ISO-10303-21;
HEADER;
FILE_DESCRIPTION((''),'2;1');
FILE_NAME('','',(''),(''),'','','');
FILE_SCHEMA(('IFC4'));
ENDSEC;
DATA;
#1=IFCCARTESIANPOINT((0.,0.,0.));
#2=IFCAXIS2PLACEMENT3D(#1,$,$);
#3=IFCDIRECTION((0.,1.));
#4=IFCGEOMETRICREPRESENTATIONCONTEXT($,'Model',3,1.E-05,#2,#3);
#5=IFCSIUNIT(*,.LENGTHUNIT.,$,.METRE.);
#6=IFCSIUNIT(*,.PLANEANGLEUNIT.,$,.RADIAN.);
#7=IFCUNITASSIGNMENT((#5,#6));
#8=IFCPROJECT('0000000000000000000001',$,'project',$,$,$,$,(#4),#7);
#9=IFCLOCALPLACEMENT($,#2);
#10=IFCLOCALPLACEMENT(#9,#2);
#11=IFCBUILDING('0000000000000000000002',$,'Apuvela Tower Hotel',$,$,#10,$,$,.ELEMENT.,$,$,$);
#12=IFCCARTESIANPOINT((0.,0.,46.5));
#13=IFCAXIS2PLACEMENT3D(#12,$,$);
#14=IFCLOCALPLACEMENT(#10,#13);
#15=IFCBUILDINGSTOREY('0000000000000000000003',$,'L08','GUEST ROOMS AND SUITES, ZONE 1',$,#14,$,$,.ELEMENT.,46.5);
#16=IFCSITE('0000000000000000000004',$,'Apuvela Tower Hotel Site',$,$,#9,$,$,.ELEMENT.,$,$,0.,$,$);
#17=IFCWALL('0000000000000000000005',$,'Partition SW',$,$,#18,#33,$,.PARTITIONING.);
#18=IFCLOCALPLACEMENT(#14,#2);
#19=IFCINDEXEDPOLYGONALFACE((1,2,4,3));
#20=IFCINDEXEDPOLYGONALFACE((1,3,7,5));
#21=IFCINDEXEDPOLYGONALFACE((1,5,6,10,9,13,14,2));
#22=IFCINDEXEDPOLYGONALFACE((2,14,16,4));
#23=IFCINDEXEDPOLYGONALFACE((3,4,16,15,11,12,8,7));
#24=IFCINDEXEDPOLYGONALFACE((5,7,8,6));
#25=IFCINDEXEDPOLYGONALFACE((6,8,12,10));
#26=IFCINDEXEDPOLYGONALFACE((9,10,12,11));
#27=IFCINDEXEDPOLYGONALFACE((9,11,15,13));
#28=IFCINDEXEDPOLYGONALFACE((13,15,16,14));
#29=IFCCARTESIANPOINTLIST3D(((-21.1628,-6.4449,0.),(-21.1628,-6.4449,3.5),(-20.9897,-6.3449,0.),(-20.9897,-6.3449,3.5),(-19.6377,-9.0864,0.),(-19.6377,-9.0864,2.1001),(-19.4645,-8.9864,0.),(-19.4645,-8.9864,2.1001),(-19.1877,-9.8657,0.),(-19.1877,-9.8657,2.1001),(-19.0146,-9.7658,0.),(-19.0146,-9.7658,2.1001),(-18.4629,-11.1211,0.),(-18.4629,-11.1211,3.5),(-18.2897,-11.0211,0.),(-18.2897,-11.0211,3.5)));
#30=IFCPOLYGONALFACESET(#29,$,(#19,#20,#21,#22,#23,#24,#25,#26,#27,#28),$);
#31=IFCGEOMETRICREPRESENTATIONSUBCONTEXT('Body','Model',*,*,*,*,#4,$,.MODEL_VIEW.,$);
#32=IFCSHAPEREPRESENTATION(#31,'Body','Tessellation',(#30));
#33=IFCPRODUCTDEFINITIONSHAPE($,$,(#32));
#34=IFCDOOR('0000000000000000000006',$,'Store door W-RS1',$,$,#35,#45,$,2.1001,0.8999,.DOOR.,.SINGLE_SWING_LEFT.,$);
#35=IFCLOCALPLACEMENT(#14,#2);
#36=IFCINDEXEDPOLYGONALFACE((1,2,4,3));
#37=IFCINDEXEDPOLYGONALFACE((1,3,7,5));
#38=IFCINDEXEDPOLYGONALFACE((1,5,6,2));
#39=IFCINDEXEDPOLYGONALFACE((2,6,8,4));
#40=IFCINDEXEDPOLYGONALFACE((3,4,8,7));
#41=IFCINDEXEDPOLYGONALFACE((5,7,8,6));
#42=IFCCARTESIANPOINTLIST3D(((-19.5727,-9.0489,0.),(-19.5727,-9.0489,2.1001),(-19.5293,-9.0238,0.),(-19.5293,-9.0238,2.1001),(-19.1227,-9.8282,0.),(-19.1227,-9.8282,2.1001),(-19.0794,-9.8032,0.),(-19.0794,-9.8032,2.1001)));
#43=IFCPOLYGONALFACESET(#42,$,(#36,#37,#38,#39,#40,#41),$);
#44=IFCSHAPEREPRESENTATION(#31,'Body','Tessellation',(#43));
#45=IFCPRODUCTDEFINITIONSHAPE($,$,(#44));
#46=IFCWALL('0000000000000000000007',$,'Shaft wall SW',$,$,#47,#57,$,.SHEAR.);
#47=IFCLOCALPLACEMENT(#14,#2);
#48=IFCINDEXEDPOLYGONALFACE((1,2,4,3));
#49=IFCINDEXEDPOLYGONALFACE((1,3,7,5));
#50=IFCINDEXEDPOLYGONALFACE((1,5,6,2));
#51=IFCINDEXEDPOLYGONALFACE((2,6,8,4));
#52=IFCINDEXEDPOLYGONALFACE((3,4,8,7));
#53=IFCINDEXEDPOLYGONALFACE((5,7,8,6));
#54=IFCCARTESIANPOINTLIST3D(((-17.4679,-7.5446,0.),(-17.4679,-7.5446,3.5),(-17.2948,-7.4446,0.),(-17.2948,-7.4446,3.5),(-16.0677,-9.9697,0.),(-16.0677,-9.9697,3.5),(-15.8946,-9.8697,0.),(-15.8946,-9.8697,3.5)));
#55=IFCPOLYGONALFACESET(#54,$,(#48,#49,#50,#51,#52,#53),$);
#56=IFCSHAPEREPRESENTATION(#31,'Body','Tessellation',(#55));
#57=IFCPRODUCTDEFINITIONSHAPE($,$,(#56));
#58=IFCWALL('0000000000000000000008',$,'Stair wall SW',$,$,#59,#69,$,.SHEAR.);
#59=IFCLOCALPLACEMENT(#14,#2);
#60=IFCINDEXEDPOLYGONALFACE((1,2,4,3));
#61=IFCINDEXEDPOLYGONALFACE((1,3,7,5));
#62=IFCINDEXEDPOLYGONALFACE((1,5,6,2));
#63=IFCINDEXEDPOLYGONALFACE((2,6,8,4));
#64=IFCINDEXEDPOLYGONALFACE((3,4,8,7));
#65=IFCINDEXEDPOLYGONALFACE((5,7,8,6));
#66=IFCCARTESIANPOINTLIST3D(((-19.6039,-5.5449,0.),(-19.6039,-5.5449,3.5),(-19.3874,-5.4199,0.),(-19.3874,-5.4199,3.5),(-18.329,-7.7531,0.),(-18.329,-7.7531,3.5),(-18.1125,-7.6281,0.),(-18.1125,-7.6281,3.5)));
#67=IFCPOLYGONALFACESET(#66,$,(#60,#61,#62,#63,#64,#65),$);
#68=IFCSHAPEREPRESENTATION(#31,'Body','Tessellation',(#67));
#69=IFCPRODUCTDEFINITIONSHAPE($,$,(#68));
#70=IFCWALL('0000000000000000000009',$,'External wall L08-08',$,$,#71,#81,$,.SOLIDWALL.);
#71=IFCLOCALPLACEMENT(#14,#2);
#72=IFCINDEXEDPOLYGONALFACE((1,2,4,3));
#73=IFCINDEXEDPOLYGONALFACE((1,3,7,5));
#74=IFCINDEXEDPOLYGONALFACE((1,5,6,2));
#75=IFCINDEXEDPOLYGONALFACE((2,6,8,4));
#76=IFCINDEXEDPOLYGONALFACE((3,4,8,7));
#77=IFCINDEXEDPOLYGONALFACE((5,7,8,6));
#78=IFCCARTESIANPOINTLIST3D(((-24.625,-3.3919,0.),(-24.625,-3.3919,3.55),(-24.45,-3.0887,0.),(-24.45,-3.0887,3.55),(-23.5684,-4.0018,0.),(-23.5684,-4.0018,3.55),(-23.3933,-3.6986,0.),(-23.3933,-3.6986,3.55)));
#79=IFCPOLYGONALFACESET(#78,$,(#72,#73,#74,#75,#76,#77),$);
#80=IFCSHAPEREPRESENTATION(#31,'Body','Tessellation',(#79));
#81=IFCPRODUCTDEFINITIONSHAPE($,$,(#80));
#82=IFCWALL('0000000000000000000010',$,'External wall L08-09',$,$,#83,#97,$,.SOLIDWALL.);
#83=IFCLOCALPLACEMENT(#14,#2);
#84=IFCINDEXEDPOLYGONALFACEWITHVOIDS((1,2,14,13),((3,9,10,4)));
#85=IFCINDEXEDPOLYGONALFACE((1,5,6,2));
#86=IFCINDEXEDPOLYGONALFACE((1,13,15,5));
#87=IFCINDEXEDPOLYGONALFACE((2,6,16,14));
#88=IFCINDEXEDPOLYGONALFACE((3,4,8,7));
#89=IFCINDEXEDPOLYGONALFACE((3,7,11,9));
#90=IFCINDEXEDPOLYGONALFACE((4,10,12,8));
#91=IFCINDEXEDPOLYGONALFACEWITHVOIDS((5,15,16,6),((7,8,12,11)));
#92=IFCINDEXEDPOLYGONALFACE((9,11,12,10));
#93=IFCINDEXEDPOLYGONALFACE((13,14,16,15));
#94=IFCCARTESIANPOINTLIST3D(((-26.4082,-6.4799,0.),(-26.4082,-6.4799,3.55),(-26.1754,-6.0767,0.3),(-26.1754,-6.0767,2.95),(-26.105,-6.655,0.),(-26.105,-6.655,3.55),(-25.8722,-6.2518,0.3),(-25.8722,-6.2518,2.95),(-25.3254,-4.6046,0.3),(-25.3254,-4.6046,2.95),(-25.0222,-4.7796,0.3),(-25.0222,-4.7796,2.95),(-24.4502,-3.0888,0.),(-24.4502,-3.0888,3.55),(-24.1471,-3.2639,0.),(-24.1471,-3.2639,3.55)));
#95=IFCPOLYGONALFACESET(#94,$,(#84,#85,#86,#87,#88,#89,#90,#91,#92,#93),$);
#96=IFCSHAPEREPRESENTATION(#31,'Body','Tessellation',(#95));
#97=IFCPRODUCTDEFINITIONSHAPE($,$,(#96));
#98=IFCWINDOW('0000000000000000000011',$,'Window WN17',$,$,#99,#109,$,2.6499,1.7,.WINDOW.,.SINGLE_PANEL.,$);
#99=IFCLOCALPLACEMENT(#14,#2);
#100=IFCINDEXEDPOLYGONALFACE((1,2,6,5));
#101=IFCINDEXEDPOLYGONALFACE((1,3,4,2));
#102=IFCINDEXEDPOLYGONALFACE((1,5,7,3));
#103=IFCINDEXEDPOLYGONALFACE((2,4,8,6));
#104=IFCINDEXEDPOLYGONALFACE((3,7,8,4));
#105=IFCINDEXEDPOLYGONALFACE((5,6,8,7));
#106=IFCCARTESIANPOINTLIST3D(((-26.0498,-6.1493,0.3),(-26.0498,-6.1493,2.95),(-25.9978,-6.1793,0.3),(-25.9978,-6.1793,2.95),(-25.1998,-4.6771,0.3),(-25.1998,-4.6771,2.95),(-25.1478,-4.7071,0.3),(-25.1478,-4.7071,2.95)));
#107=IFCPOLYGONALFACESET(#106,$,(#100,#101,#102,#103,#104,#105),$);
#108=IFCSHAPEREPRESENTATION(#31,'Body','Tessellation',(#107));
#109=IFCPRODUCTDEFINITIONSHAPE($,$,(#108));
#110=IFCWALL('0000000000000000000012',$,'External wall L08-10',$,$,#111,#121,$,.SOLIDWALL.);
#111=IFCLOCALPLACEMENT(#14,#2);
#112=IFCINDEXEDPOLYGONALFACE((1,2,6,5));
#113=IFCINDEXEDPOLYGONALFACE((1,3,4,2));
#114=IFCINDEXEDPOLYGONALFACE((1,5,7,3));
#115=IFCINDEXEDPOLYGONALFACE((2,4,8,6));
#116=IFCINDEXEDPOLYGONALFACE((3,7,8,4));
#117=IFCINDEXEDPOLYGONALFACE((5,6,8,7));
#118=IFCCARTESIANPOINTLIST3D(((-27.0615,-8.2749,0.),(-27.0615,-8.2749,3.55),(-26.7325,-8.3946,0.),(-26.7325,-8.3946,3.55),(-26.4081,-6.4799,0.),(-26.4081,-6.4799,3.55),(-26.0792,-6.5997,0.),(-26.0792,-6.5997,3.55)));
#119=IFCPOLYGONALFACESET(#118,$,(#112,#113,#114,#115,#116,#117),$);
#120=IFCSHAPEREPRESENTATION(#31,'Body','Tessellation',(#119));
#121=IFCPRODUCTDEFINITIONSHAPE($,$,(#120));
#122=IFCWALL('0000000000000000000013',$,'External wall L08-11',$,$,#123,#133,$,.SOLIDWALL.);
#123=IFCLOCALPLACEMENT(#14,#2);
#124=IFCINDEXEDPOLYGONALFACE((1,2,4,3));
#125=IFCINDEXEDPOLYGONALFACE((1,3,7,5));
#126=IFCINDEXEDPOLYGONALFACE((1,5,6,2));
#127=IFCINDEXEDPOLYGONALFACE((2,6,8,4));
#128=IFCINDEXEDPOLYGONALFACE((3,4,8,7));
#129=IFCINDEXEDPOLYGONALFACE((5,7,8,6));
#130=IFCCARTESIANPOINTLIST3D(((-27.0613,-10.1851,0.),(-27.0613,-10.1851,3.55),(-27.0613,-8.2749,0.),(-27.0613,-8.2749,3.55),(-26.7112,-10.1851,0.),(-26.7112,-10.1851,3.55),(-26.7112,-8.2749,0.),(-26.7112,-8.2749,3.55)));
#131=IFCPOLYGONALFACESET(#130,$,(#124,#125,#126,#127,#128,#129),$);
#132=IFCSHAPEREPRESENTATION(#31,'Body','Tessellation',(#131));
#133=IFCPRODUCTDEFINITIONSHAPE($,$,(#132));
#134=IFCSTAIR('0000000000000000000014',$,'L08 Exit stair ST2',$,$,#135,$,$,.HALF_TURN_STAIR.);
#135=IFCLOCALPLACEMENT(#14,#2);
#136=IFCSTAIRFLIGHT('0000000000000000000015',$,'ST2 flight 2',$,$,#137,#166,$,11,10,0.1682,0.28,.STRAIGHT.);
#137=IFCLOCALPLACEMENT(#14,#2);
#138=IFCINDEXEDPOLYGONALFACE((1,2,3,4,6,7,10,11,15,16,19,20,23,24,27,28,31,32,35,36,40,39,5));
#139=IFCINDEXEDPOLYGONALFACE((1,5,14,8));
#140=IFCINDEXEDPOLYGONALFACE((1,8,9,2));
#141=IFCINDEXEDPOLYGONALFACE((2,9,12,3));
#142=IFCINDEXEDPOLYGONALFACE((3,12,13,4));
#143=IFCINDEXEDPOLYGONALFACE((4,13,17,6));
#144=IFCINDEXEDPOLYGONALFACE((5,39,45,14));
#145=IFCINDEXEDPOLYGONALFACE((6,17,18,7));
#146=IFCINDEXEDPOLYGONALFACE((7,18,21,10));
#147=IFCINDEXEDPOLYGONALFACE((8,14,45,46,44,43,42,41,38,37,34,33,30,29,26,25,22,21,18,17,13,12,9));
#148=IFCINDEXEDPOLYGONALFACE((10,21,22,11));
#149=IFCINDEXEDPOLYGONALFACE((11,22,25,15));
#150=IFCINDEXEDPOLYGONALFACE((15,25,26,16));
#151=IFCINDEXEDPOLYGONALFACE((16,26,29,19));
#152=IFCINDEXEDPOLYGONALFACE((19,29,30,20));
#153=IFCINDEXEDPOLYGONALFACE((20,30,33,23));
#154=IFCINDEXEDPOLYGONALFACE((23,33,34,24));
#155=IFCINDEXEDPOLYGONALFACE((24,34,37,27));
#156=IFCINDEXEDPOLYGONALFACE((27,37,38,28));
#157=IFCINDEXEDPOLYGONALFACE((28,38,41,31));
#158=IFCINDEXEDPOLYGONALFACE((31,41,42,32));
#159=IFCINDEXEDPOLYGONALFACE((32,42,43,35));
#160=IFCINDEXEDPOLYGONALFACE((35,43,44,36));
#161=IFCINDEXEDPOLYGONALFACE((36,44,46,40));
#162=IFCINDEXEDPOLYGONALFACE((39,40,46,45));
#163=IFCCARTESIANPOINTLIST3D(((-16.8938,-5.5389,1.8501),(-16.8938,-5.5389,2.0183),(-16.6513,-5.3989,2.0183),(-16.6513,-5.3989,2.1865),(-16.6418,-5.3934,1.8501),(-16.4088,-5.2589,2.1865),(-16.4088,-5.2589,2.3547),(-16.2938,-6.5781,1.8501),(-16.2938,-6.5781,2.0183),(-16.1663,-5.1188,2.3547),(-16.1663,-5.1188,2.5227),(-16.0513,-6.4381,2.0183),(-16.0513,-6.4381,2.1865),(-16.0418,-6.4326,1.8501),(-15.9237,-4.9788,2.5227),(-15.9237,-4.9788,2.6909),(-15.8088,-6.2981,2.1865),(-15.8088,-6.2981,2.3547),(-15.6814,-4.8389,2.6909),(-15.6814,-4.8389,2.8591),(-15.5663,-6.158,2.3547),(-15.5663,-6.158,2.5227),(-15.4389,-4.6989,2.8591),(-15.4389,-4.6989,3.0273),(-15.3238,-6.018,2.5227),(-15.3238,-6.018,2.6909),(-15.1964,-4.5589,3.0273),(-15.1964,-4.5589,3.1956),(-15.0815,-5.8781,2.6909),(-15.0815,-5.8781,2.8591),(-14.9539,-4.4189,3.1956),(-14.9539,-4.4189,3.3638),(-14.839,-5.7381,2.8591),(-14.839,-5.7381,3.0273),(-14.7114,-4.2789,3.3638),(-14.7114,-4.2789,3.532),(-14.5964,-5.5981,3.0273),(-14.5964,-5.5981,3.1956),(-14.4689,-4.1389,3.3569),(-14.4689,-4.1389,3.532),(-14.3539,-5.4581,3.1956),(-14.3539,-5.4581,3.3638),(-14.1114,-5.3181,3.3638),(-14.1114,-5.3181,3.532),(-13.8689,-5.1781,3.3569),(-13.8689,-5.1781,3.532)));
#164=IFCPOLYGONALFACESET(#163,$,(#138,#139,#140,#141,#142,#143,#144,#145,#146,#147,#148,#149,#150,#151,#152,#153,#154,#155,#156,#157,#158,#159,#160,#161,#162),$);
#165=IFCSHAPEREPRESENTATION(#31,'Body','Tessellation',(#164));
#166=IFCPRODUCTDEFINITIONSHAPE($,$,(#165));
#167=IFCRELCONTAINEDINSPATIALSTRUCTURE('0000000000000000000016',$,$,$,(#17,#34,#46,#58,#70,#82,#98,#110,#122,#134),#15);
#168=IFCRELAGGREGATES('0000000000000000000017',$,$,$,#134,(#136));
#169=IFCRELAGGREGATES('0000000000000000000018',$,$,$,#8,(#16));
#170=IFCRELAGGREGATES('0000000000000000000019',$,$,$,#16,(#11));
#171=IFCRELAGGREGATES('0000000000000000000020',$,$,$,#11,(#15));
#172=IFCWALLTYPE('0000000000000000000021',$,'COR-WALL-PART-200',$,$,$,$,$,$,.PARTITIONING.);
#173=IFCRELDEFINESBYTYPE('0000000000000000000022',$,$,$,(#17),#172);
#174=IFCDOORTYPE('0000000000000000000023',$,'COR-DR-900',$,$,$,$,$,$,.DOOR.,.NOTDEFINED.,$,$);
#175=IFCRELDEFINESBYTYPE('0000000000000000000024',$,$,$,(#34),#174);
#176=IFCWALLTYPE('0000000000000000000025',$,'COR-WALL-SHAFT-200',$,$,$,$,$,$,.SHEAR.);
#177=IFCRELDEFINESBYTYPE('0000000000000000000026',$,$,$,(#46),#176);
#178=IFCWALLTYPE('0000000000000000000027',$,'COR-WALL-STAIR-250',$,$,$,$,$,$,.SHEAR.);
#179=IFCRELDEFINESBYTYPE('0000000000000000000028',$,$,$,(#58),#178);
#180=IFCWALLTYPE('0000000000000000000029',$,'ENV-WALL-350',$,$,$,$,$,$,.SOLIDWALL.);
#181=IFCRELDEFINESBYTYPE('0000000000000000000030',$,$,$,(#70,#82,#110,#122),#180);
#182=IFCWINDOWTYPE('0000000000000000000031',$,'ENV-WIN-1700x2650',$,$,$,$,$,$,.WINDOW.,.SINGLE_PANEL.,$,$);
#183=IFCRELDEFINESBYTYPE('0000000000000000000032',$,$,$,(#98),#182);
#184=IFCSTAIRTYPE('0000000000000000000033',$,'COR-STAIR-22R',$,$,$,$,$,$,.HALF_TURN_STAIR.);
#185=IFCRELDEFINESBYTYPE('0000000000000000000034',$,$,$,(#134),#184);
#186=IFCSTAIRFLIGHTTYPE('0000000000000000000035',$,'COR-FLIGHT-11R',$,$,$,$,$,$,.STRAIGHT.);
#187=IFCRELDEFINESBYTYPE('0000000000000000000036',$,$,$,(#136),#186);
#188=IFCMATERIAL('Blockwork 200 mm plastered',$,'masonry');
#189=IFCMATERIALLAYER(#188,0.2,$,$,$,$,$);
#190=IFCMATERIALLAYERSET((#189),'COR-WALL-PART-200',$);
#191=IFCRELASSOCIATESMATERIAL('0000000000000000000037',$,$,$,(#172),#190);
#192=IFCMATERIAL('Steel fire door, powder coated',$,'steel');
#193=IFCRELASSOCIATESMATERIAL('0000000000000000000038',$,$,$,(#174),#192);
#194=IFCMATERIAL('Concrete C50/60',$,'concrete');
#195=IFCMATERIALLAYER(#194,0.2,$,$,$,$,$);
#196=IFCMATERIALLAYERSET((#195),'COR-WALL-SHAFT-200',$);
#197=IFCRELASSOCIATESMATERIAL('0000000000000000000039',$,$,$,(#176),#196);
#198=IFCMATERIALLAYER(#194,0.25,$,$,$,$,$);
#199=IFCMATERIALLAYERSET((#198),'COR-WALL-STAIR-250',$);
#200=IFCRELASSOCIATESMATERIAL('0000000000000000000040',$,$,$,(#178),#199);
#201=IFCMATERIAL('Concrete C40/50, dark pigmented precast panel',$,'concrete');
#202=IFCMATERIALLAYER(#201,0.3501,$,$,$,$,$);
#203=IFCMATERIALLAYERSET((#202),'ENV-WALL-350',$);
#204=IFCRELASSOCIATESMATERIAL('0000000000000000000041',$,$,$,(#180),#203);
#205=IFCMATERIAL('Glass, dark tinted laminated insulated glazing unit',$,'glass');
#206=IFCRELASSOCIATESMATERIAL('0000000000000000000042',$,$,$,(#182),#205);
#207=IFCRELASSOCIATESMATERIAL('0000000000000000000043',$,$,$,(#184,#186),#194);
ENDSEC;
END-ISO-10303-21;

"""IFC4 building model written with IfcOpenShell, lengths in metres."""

from ifc_helpers import new_model, si_unit, direction, frame, frame_2d, origin, place, context, subcontext, project, spatial, polyline, rectangle, outline, extrude, material, layer, layer_set, type_object, element, fill, aggregate, save


model = new_model("IFC4")

# Units and contexts
model_context = context("Model", 3, precision=1e-05, world=origin(), true_north=direction((0.0, 1.0)))
body_context = subcontext(model_context, "Body", "Model", "MODEL_VIEW")
ifc_project = project(units=[si_unit("LENGTHUNIT", "METRE"), si_unit("PLANEANGLEUNIT", "RADIAN")], contexts=[model_context])

# Site, building, storey
site_placement = place(None, origin())
site = spatial("IfcSite", under=ifc_project, at=site_placement, Name="Apuvela Tower Hotel Site", CompositionType="ELEMENT", RefElevation=0.0)
building_placement = place(site_placement, origin())
building = spatial("IfcBuilding", under=site, at=building_placement, Name="Apuvela Tower Hotel", CompositionType="ELEMENT")
storey_placement = place(building_placement, frame((0.0, 0.0, 46.5)))
storey = spatial("IfcBuildingStorey", under=building, at=storey_placement, Name="L08", Description="GUEST ROOMS AND SUITES, ZONE 1", CompositionType="ELEMENT", Elevation=46.5)

# Wall, opening, door
ifc_material_1 = material(Name="Blockwork 200 mm plastered", Category="masonry")
ifc_layer_1 = layer(ifc_material_1, 0.2)
ifc_layer_set_1 = layer_set([ifc_layer_1], Name="COR-WALL-PART-200")
wall_type_1 = type_object("IfcWallType", Name="COR-WALL-PART-200", PredefinedType="PARTITIONING", material=ifc_layer_set_1)
wall_1_placement = place(storey_placement, frame((-21.0762, -6.395, 0.0), z_axis=(0.0, 0.0, 1.0), x_axis=(0.500015, -0.866017, 0.0)))
wall_1 = element("IfcWall", 1, at=wall_1_placement, inside=storey, type_object=wall_type_1, Name="Partition SW", PredefinedType="PARTITIONING", context=body_context, shape_type="SweptSolid", body=[
    extrude(rectangle(XDim=5.3997, YDim=0.2, at=frame_2d((2.6997, 0.0))), origin(), (0.0, 0.0, 1.0), 3.5),
])
opening_1_placement = place(wall_1_placement, frame((3.05, 0.0, 0.0)))
opening_1 = element("IfcOpeningElement", 2, at=opening_1_placement, cuts=wall_1, PredefinedType="OPENING", context=body_context, shape_type="SweptSolid", body=[
    extrude(rectangle(XDim=0.8999, YDim=2.1001, at=frame_2d((0.45, 1.05))), frame((0.0, 0.1099, 0.0), z_axis=(0.0, -1.0, 0.0), x_axis=(1.0, 0.0, 0.0)), (0.0, 0.0, 1.0), 0.22),
])
ifc_material_2 = material(Name="Steel fire door, powder coated", Category="steel")
door_type_1 = type_object("IfcDoorType", Name="COR-DR-900", OperationType="NOTDEFINED", PredefinedType="DOOR", material=ifc_material_2)
door_1_placement = place(opening_1_placement, frame((0.8999, 0.0, 0.0), z_axis=(0.0, 0.0, 1.0), x_axis=(-1.0, 0.0, 0.0)))
door_1 = element("IfcDoor", 3, at=door_1_placement, inside=storey, type_object=door_type_1, Name="Store door W-RS1", OperationType="SINGLE_SWING_LEFT", OverallHeight=2.1001, OverallWidth=0.8999, PredefinedType="DOOR", context=body_context, shape_type="SweptSolid", body=[
    extrude(rectangle(XDim=0.8999, YDim=2.1001, at=frame_2d((0.45, 1.05))), frame((0.0, 0.0249, 0.0), z_axis=(0.0, -1.0, 0.0), x_axis=(1.0, 0.0, 0.0)), (0.0, 0.0, 1.0), 0.05),
])
fill(opening_1, door_1)

# Walls
ifc_material_3 = material(Name="Concrete C50/60", Category="concrete")
ifc_layer_2 = layer(ifc_material_3, 0.2)
ifc_layer_set_2 = layer_set([ifc_layer_2], Name="COR-WALL-SHAFT-200")
wall_type_2 = type_object("IfcWallType", Name="COR-WALL-SHAFT-200", PredefinedType="SHEAR", material=ifc_layer_set_2)
wall_2_placement = place(storey_placement, frame((-17.3813, -7.4946, 0.0), z_axis=(0.0, 0.0, 1.0), x_axis=(0.500012, -0.866019, 0.0)))
element("IfcWall", 4, at=wall_2_placement, inside=storey, type_object=wall_type_2, Name="Shaft wall SW", PredefinedType="SHEAR", context=body_context, shape_type="SweptSolid", body=[
    extrude(rectangle(XDim=2.8003, YDim=0.2, at=frame_2d((1.4001, 0.0))), origin(), (0.0, 0.0, 1.0), 3.5),
])
ifc_layer_3 = layer(ifc_material_3, 0.25)
ifc_layer_set_3 = layer_set([ifc_layer_3], Name="COR-WALL-STAIR-250")
wall_type_3 = type_object("IfcWallType", Name="COR-WALL-STAIR-250", PredefinedType="SHEAR", material=ifc_layer_set_3)
wall_3_placement = place(storey_placement, frame((-19.4956, -5.4824, 0.0), z_axis=(0.0, 0.0, 1.0), x_axis=(0.49999, -0.866031, 0.0)))
element("IfcWall", 5, at=wall_3_placement, inside=storey, type_object=wall_type_3, Name="Stair wall SW", PredefinedType="SHEAR", context=body_context, shape_type="SweptSolid", body=[
    extrude(rectangle(XDim=2.5498, YDim=0.25, at=frame_2d((1.2749, 0.0))), origin(), (0.0, 0.0, 1.0), 3.5),
])
ifc_material_4 = material(Name="Concrete C40/50, dark pigmented precast panel", Category="concrete")
ifc_layer_4 = layer(ifc_material_4, 0.3501)
ifc_layer_set_4 = layer_set([ifc_layer_4], Name="ENV-WALL-350")
wall_type_4 = type_object("IfcWallType", Name="ENV-WALL-350", PredefinedType="SOLIDWALL", material=ifc_layer_set_4)
wall_4_placement = place(storey_placement, frame((-23.481, -3.8501, 0.0), z_axis=(0.0, 0.0, 1.0), x_axis=(-0.866092, 0.499884, 0.0)))
element("IfcWall", 6, at=wall_4_placement, inside=storey, type_object=wall_type_4, Name="External wall L08-08", PredefinedType="SOLIDWALL", context=body_context, shape_type="SweptSolid", body=[
    extrude(rectangle(XDim=1.22, YDim=0.3501, at=frame_2d((0.6099, 0.0))), origin(), (0.0, 0.0, 1.0), 3.55),
])

# Wall, opening, window
wall_5_placement = place(storey_placement, frame((-24.2986, -3.1763, 0.0), z_axis=(0.0, 0.0, 1.0), x_axis=(-0.500028, -0.866009, 0.0)))
wall_5 = element("IfcWall", 7, at=wall_5_placement, inside=storey, type_object=wall_type_4, Name="External wall L08-09", PredefinedType="SOLIDWALL", context=body_context, shape_type="SweptSolid", body=[
    extrude(rectangle(XDim=3.9158, YDim=0.3501, at=frame_2d((1.958, 0.0))), origin(), (0.0, 0.0, 1.0), 3.55),
])
opening_2_placement = place(wall_5_placement, frame((1.7502, 0.0, 0.3)))
opening_2 = element("IfcOpeningElement", 8, at=opening_2_placement, cuts=wall_5, PredefinedType="OPENING", context=body_context, shape_type="SweptSolid", body=[
    extrude(rectangle(XDim=1.7, YDim=2.6499, at=frame_2d((0.8501, 1.325))), frame((0.0, 0.1851, 0.0), z_axis=(0.0, -1.0, 0.0), x_axis=(1.0, 0.0, 0.0)), (0.0, 0.0, 1.0), 0.3701),
])
ifc_material_5 = material(Name="Glass, dark tinted laminated insulated glazing unit", Category="glass")
window_type = type_object("IfcWindowType", Name="ENV-WIN-1700x2650", PartitioningType="SINGLE_PANEL", PredefinedType="WINDOW", material=ifc_material_5)
window_placement = place(opening_2_placement, origin())
window = element("IfcWindow", 9, at=window_placement, inside=storey, type_object=window_type, Name="Window WN17", OverallHeight=2.6499, OverallWidth=1.7, PartitioningType="SINGLE_PANEL", PredefinedType="WINDOW", context=body_context, shape_type="SweptSolid", body=[
    extrude(rectangle(XDim=1.7, YDim=2.6499, at=frame_2d((0.8501, 1.325))), frame((0.0, 0.03, 0.0), z_axis=(0.0, -1.0, 0.0), x_axis=(1.0, 0.0, 0.0)), (0.0, 0.0, 1.0), 0.0601),
])
fill(opening_2, window)

# Walls
for number, where, z_axis, x_axis, name in (
    (10, (-26.2437, -6.5398, 0.0), (0.0, 0.0, 1.0), (-0.34203, -0.939689, 0.0), "External wall L08-10"),
    (11, (-26.8862, -8.2749, 0.0), (0.0, 0.0, 1.0), (0.0, -1.0, 0.0), "External wall L08-11"),
):
    element("IfcWall", number, at=place(storey_placement, frame(where, z_axis=z_axis, x_axis=x_axis)), inside=storey, type_object=wall_type_4, Name=name, PredefinedType="SOLIDWALL", context=body_context, shape_type="SweptSolid", body=[
        extrude(rectangle(XDim=1.9102, YDim=0.3501, at=frame_2d((0.9551, 0.0))), origin(), (0.0, 0.0, 1.0), 3.55),
    ])

# Stair, stair flight
stair_type = type_object("IfcStairType", Name="COR-STAIR-22R", PredefinedType="HALF_TURN_STAIR", material=ifc_material_3)
stair_placement = place(storey_placement, origin())
stair = element("IfcStair", 12, at=stair_placement, inside=storey, type_object=stair_type, Name="L08 Exit stair ST2", PredefinedType="HALF_TURN_STAIR")
stair_flight_type = type_object("IfcStairFlightType", Name="COR-FLIGHT-11R", PredefinedType="STRAIGHT", material=ifc_material_3)
stair_flight_placement = place(storey_placement, frame((-16.5938, -6.0586, 1.8501), z_axis=(0.0, 0.0, 1.0), x_axis=(0.866025, 0.5, 0.0)))
stair_flight = element("IfcStairFlight", 13, at=stair_flight_placement, type_object=stair_flight_type, Name="ST2 flight 2", NumberOfRisers=11, NumberOfTreads=10, PredefinedType="STRAIGHT", RiserHeight=0.1682, TreadLength=0.28, context=body_context, shape_type="SweptSolid", body=[
    extrude(outline(polyline([(0.0, 0.0), (0.0, 0.1682), (0.28, 0.1682), (0.28, 0.3364), (0.5601, 0.3364), (0.5601, 0.5046), (0.8401, 0.5046), (0.8401, 0.6726), (1.1201, 0.6726), (1.1201, 0.8408), (1.3999, 0.8408), (1.3999, 1.009), (1.6799, 1.009), (1.6799, 1.1772), (1.96, 1.1772), (1.96, 1.3455), (2.24, 1.3455), (2.24, 1.5137), (2.52, 1.5137), (2.52, 1.6819), (2.8, 1.6819), (2.8, 1.8501), (2.8, 1.5068), (0.291, 0.0), (0.0, 0.0)])), frame((0.0, 0.6001, 0.0), z_axis=(0.0, -1.0, 0.0), x_axis=(1.0, 0.0, 0.0)), (0.0, 0.0, 1.0), 1.2),
])
aggregate(stair, [stair_flight])

save(model, "model.ifc")
